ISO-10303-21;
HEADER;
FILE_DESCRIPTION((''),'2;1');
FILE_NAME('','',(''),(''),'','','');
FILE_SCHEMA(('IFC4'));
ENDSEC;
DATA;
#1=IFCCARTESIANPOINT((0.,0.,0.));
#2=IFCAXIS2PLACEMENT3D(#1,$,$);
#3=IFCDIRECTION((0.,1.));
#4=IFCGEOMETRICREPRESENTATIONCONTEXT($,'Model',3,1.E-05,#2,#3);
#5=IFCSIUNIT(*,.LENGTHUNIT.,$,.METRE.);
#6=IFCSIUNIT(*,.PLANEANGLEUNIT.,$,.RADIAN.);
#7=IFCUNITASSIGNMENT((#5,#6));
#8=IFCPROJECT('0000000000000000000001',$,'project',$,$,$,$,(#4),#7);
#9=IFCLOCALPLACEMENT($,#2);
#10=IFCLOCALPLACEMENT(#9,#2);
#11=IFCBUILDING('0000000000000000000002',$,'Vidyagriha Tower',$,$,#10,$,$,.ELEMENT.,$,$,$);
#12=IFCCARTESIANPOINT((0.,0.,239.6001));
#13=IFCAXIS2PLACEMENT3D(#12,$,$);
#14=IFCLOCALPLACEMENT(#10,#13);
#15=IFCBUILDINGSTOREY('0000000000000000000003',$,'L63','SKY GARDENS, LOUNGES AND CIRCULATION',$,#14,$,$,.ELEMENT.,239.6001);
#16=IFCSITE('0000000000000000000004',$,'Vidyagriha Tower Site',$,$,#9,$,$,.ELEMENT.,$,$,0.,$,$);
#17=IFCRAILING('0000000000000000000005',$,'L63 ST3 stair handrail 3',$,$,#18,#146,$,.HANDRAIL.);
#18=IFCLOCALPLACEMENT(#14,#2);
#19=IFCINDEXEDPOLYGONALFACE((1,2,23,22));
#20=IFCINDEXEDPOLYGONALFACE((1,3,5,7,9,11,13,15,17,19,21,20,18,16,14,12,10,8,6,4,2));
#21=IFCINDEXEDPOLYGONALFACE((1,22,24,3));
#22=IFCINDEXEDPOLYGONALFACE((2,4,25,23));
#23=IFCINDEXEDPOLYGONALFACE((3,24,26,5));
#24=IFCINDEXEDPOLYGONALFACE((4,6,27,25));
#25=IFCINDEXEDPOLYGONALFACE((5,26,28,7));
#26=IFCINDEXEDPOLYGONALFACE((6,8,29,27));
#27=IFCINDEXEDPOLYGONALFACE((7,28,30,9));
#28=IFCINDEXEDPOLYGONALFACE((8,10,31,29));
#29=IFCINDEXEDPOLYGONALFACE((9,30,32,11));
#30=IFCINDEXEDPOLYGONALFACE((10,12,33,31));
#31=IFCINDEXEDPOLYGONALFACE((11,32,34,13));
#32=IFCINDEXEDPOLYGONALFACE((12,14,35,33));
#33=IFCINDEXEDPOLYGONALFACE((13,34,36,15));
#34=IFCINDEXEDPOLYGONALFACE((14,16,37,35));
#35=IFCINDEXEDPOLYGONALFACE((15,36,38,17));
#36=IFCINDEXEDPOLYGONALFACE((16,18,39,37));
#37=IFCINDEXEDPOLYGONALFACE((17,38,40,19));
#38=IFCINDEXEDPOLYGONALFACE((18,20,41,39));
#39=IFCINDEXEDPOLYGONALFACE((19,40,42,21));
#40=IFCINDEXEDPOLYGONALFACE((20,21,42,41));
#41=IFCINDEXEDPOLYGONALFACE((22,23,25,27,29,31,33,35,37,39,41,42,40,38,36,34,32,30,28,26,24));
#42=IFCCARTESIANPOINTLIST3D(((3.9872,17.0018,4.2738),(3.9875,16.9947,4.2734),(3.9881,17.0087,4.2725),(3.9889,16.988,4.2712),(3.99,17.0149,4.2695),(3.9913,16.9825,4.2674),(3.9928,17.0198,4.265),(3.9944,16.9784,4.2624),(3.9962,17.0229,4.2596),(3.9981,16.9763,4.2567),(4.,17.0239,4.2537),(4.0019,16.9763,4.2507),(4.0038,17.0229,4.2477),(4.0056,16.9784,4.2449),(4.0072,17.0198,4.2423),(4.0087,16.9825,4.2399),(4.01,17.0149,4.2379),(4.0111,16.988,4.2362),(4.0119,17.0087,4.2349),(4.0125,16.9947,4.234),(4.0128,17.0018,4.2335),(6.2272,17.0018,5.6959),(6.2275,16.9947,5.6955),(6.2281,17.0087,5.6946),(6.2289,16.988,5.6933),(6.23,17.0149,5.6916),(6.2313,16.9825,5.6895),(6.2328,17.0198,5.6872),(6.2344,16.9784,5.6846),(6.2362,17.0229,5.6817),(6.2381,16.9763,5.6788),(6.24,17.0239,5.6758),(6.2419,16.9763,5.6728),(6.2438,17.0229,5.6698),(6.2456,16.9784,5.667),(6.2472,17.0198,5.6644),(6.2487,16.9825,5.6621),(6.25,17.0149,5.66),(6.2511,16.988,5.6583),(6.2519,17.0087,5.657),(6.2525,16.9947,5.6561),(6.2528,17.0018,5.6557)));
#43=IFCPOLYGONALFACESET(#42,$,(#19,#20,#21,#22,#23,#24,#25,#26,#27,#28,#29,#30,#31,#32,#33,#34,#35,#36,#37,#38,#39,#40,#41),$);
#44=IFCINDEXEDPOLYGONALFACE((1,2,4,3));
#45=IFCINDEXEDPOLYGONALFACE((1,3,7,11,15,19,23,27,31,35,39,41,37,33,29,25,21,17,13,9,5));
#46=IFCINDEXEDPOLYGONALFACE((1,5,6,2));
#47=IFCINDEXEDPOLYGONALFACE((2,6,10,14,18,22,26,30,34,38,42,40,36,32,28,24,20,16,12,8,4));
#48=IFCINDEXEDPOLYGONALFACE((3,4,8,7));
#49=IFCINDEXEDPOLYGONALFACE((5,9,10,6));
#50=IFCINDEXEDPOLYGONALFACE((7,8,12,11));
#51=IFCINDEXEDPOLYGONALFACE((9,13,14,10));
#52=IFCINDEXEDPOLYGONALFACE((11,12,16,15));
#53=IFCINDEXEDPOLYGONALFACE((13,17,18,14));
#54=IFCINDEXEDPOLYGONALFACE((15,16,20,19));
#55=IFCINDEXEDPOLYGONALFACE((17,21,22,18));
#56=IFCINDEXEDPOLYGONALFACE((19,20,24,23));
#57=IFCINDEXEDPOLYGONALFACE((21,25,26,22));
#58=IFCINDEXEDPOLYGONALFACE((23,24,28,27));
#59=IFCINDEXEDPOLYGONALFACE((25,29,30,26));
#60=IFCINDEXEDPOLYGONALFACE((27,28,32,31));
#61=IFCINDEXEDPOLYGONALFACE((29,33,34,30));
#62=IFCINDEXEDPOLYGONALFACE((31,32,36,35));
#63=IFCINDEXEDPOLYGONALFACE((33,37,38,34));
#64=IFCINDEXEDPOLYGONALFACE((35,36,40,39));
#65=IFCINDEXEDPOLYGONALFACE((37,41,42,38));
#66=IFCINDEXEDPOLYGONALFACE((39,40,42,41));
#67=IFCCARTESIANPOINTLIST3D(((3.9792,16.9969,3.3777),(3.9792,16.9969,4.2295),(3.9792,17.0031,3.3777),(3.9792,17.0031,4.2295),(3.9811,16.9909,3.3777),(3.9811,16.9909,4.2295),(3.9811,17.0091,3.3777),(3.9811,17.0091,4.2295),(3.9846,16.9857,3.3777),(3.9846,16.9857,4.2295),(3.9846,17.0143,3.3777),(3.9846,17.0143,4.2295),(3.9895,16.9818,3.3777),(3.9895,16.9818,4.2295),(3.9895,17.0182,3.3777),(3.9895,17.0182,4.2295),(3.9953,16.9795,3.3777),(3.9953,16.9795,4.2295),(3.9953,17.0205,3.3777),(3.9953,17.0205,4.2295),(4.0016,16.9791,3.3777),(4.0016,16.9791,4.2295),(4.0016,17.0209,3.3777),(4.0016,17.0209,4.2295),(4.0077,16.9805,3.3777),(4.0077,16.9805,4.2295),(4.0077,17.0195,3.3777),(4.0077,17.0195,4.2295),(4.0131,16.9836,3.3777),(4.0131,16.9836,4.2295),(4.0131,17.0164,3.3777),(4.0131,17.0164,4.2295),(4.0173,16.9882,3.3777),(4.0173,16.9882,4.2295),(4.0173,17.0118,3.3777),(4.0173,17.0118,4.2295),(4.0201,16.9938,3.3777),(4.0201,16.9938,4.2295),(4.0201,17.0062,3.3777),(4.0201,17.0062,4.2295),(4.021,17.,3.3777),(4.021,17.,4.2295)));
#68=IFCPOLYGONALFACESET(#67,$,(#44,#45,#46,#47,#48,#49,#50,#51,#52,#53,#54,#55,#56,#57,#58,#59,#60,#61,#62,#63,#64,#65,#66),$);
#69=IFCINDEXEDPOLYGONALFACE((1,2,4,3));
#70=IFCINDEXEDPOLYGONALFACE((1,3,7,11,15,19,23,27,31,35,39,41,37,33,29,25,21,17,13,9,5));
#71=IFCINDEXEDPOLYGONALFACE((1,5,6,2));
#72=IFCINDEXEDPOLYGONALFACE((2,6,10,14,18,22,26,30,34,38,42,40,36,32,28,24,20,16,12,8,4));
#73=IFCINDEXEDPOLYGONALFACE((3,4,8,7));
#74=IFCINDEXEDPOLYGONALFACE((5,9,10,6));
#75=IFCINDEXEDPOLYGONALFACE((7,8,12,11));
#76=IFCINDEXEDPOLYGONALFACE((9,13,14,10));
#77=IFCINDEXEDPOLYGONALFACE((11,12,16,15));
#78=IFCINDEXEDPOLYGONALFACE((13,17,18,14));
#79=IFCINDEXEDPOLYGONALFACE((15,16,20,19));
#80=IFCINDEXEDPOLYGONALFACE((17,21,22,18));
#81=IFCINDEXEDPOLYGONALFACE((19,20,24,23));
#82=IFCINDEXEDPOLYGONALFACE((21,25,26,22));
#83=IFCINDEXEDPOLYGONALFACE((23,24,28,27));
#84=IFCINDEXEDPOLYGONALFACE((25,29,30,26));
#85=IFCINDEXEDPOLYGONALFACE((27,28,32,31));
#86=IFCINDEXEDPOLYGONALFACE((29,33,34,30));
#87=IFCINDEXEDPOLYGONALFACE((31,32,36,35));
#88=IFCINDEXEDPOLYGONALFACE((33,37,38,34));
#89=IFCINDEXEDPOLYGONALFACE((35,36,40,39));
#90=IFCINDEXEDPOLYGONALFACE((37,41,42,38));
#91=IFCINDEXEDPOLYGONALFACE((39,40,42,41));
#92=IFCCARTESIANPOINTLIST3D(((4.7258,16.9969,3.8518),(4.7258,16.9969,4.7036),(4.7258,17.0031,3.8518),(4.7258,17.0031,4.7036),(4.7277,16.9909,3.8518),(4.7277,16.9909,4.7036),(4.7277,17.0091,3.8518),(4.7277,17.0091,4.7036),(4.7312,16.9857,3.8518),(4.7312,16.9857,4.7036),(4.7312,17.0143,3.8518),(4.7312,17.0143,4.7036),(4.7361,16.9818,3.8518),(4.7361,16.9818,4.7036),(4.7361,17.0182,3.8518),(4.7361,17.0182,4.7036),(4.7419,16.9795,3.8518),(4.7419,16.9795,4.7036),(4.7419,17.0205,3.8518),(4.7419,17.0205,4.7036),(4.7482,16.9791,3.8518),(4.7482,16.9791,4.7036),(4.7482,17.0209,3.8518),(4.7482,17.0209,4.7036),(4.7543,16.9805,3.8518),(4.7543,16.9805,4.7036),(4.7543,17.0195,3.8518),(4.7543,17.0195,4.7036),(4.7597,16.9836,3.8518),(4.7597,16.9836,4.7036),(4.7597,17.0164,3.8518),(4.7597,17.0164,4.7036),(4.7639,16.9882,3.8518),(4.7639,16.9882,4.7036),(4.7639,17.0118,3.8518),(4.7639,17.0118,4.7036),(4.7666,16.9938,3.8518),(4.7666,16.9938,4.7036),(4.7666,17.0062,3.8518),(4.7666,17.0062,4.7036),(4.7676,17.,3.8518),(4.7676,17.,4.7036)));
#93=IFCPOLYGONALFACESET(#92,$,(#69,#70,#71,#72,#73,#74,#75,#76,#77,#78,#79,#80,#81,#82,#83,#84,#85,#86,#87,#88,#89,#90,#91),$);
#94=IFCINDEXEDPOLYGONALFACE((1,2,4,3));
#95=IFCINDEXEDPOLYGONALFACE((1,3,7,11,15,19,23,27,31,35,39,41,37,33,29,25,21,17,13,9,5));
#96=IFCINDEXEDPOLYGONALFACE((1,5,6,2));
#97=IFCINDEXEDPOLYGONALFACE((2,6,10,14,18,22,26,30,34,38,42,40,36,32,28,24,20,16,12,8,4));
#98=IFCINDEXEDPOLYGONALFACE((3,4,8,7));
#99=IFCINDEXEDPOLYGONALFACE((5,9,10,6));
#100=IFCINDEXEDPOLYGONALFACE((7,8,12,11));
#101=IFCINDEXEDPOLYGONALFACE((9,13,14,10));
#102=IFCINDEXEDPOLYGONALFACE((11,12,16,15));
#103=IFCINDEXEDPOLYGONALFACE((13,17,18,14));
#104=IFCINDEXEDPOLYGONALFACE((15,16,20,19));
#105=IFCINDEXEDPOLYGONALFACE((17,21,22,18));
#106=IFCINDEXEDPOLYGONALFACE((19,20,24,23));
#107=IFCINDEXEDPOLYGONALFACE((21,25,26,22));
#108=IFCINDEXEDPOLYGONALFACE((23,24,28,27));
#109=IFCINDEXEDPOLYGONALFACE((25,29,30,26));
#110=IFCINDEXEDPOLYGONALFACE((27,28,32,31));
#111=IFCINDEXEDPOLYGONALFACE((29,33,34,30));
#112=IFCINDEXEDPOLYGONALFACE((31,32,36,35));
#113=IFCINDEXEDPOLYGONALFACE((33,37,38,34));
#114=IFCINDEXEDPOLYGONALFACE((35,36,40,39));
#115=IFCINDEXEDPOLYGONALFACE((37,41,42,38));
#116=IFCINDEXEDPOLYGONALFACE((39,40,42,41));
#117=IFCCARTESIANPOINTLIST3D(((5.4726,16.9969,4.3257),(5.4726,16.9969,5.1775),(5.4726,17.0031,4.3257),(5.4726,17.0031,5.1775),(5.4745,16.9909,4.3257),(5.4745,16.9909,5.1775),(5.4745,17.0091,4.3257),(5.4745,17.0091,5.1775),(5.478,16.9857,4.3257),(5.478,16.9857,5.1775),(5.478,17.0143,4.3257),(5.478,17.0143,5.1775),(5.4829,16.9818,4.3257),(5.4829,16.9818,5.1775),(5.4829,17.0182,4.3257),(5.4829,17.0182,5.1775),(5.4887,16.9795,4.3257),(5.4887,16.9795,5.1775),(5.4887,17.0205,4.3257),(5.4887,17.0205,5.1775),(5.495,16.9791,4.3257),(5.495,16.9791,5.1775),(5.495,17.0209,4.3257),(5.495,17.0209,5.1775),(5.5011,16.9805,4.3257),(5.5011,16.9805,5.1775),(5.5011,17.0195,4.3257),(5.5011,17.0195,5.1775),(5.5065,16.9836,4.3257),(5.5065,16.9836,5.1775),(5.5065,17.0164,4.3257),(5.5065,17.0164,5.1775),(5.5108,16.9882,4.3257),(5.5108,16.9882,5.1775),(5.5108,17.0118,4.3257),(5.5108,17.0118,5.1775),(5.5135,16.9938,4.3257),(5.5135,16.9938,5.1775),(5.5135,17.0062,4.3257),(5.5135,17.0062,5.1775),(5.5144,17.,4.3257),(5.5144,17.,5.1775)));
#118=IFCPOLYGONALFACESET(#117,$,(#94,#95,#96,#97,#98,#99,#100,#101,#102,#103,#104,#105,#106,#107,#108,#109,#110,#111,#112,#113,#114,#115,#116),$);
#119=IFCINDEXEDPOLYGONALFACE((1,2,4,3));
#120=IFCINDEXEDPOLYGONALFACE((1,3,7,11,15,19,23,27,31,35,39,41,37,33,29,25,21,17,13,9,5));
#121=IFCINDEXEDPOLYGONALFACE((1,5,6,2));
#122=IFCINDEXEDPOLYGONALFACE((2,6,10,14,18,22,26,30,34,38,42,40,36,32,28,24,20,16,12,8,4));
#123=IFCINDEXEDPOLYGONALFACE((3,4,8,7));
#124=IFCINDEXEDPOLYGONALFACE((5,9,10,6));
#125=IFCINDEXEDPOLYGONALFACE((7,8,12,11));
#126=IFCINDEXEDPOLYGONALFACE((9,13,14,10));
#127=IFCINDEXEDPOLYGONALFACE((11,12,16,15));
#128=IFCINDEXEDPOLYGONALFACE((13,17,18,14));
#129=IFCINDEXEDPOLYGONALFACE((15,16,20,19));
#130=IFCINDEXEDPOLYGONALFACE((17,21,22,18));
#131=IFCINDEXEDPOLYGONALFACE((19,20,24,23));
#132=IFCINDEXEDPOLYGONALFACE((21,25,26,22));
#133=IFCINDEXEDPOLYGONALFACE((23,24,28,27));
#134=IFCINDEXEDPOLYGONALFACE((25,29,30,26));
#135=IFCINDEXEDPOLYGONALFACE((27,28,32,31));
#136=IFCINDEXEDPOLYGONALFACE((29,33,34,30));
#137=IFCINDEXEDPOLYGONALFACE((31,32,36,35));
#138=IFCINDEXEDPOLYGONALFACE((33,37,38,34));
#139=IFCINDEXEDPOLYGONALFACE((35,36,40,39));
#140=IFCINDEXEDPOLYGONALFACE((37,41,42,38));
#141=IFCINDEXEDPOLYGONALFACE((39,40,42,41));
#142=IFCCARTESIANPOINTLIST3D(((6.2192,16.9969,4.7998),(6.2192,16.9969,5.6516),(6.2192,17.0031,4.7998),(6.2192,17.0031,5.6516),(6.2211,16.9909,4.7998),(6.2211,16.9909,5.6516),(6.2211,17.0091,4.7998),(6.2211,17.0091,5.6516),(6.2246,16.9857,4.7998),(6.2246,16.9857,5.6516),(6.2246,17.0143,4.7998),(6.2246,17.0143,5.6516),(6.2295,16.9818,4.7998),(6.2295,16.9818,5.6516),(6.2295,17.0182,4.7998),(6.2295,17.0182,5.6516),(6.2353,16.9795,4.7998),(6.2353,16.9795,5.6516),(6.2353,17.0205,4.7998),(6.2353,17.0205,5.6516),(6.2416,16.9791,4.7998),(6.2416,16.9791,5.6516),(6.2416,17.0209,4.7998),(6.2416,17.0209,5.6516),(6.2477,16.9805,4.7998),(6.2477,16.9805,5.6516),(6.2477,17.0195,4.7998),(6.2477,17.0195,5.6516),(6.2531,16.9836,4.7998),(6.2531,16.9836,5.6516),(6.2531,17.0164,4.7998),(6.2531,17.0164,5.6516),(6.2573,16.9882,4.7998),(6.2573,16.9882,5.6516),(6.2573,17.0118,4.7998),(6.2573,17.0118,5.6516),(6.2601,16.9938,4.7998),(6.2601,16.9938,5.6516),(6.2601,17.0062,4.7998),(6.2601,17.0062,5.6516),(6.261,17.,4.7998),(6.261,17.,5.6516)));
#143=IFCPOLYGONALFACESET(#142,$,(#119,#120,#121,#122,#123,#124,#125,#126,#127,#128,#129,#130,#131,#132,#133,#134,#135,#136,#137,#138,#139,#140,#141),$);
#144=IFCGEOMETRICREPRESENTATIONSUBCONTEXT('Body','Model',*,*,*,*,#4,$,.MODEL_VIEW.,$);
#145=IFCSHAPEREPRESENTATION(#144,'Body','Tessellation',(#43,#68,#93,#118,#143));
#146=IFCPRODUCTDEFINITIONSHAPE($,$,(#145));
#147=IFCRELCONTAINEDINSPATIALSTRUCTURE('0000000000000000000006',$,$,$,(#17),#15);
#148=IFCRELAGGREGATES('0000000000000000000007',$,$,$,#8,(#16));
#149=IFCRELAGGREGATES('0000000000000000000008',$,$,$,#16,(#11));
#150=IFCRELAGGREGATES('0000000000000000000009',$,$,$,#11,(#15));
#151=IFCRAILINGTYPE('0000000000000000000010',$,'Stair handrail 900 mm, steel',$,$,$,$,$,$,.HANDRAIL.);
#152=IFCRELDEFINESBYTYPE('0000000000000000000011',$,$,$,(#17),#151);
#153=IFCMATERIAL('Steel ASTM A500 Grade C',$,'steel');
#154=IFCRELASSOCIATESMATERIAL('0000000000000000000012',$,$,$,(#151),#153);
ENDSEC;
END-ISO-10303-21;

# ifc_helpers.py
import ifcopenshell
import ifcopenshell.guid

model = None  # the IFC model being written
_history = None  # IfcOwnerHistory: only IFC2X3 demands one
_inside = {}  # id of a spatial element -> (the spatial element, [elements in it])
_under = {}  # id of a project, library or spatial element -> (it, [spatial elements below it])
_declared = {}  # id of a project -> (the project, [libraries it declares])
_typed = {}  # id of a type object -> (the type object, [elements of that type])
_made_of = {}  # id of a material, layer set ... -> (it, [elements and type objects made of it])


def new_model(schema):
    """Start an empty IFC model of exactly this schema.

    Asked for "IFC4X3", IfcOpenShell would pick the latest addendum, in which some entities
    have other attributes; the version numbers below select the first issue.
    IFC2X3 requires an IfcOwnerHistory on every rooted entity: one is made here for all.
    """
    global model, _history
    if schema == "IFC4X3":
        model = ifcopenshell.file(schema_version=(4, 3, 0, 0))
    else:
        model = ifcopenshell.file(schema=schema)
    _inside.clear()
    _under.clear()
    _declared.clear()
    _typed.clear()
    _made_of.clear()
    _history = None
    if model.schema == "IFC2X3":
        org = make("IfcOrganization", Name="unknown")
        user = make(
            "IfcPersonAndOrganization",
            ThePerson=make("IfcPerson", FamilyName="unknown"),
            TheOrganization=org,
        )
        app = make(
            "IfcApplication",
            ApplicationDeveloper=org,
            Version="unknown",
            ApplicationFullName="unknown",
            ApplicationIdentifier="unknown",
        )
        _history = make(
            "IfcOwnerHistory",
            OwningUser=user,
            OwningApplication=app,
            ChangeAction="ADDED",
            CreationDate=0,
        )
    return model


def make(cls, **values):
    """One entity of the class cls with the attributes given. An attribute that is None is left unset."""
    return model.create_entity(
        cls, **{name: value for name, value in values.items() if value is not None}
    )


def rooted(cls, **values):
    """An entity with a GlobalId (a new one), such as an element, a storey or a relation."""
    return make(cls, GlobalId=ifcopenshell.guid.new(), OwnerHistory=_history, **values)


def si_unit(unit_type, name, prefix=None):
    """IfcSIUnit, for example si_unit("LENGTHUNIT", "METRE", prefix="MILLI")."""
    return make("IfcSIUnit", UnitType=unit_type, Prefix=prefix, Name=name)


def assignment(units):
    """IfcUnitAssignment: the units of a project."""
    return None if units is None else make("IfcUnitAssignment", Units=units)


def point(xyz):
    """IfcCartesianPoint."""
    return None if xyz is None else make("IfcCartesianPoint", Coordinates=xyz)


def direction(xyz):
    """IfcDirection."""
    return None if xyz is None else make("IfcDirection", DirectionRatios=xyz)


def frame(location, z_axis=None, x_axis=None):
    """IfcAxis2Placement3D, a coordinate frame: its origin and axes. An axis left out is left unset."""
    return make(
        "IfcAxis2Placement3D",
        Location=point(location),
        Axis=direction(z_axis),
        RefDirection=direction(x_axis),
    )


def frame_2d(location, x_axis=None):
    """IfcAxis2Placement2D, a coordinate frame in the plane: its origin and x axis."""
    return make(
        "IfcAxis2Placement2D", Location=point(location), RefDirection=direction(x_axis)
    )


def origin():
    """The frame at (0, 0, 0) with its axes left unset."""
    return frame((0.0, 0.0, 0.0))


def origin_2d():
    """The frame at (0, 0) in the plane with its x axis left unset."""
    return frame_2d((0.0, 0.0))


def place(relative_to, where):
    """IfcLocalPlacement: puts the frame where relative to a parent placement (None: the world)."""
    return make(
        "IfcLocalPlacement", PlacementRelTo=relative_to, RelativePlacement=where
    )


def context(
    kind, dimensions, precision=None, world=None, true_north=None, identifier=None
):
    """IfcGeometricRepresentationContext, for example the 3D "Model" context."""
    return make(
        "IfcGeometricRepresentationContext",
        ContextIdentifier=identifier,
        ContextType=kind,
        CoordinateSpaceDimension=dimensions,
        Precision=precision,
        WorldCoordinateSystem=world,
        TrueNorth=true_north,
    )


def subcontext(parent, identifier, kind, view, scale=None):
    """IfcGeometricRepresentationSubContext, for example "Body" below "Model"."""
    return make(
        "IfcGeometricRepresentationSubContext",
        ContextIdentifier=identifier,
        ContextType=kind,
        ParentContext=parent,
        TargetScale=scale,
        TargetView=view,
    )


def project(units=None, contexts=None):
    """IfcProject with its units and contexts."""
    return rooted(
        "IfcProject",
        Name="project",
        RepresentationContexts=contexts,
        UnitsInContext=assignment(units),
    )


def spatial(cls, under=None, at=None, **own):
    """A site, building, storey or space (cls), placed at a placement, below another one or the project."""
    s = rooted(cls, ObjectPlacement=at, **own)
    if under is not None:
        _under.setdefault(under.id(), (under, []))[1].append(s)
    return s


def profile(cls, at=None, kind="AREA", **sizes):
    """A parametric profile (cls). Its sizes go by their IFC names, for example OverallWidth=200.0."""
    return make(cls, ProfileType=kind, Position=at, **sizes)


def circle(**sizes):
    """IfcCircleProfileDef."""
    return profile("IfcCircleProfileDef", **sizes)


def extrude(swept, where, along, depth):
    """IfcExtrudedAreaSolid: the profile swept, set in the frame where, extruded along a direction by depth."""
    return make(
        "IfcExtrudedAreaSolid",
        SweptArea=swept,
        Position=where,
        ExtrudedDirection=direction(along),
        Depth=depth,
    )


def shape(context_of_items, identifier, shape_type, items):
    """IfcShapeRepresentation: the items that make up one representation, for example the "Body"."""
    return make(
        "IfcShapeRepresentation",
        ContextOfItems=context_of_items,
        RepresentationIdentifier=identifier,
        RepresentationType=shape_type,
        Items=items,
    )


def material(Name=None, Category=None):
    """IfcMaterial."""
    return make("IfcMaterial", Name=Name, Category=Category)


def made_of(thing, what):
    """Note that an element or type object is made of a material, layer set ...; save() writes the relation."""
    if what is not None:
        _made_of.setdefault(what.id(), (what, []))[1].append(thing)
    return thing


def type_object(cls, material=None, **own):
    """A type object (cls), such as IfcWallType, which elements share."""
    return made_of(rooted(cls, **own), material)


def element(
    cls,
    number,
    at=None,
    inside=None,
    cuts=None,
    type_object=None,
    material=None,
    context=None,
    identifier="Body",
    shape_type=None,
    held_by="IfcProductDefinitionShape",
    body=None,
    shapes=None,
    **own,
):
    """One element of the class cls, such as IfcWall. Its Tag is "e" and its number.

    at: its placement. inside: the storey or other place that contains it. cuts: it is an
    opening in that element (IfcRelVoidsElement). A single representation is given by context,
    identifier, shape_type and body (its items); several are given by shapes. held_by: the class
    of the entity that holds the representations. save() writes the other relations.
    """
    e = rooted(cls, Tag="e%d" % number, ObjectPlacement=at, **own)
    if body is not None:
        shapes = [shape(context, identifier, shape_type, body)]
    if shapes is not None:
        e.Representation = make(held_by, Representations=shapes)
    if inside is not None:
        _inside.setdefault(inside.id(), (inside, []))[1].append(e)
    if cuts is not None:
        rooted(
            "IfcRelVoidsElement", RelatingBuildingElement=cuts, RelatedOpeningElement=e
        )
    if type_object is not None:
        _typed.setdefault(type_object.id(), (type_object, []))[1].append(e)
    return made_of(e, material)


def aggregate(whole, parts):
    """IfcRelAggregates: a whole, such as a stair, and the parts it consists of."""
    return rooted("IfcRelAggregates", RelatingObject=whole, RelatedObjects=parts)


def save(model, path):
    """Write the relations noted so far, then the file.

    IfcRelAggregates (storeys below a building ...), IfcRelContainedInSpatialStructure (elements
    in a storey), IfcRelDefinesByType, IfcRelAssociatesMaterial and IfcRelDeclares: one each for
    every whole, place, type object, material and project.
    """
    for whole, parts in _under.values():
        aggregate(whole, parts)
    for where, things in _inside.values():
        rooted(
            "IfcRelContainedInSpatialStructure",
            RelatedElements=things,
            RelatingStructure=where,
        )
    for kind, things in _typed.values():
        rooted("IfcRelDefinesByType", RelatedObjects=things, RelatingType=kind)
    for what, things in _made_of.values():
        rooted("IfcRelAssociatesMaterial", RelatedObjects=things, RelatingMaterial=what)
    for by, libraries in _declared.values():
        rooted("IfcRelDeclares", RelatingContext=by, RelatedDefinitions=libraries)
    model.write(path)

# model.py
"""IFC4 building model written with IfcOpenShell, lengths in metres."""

from ifc_helpers import new_model, si_unit, direction, frame, origin, origin_2d, place, context, subcontext, project, spatial, circle, extrude, material, type_object, element, save


model = new_model("IFC4")

# Units and contexts
model_context = context("Model", 3, precision=1e-05, world=origin(), true_north=direction((0.0, 1.0)))
body_context = subcontext(model_context, "Body", "Model", "MODEL_VIEW")
ifc_project = project(units=[si_unit("LENGTHUNIT", "METRE"), si_unit("PLANEANGLEUNIT", "RADIAN")], contexts=[model_context])

# Site, building, storey
site_placement = place(None, origin())
site = spatial("IfcSite", under=ifc_project, at=site_placement, Name="Vidyagriha Tower Site", CompositionType="ELEMENT", RefElevation=0.0)
building_placement = place(site_placement, origin())
building = spatial("IfcBuilding", under=site, at=building_placement, Name="Vidyagriha Tower", CompositionType="ELEMENT")
storey_placement = place(building_placement, frame((0.0, 0.0, 239.6001)))
storey = spatial("IfcBuildingStorey", under=building, at=storey_placement, Name="L63", Description="SKY GARDENS, LOUNGES AND CIRCULATION", CompositionType="ELEMENT", Elevation=239.6001)

# Railing
ifc_material_1 = material(Name="Steel ASTM A500 Grade C", Category="steel")
railing_type_1 = type_object("IfcRailingType", Name="Stair handrail 900 mm, steel", PredefinedType="HANDRAIL", material=ifc_material_1)
railing_1_placement = place(storey_placement, frame((4.0, 17.0, 3.3777)))
element("IfcRailing", 1, at=railing_1_placement, inside=storey, type_object=railing_type_1, Name="L63 ST3 stair handrail 3", PredefinedType="HANDRAIL", context=body_context, shape_type="SweptSolid", body=[
    extrude(circle(Radius=0.0239, at=origin_2d()), frame((0.0, 0.0, 0.876), z_axis=(0.844229, 0.0, 0.535982), x_axis=(0.0, 1.0, 0.0)), (0.0, 0.0, 1.0), 2.6533),
    extrude(circle(Radius=0.021, at=origin_2d()), origin(), (0.0, 0.0, 1.0), 0.8518),
    extrude(circle(Radius=0.021, at=origin_2d()), frame((0.7466, 0.0, 0.4741)), (0.0, 0.0, 1.0), 0.8518),
    extrude(circle(Radius=0.021, at=origin_2d()), frame((1.4934, 0.0, 0.948)), (0.0, 0.0, 1.0), 0.8518),
    extrude(circle(Radius=0.021, at=origin_2d()), frame((2.24, 0.0, 1.4221)), (0.0, 0.0, 1.0), 0.8518),
])

save(model, "model.ifc")
